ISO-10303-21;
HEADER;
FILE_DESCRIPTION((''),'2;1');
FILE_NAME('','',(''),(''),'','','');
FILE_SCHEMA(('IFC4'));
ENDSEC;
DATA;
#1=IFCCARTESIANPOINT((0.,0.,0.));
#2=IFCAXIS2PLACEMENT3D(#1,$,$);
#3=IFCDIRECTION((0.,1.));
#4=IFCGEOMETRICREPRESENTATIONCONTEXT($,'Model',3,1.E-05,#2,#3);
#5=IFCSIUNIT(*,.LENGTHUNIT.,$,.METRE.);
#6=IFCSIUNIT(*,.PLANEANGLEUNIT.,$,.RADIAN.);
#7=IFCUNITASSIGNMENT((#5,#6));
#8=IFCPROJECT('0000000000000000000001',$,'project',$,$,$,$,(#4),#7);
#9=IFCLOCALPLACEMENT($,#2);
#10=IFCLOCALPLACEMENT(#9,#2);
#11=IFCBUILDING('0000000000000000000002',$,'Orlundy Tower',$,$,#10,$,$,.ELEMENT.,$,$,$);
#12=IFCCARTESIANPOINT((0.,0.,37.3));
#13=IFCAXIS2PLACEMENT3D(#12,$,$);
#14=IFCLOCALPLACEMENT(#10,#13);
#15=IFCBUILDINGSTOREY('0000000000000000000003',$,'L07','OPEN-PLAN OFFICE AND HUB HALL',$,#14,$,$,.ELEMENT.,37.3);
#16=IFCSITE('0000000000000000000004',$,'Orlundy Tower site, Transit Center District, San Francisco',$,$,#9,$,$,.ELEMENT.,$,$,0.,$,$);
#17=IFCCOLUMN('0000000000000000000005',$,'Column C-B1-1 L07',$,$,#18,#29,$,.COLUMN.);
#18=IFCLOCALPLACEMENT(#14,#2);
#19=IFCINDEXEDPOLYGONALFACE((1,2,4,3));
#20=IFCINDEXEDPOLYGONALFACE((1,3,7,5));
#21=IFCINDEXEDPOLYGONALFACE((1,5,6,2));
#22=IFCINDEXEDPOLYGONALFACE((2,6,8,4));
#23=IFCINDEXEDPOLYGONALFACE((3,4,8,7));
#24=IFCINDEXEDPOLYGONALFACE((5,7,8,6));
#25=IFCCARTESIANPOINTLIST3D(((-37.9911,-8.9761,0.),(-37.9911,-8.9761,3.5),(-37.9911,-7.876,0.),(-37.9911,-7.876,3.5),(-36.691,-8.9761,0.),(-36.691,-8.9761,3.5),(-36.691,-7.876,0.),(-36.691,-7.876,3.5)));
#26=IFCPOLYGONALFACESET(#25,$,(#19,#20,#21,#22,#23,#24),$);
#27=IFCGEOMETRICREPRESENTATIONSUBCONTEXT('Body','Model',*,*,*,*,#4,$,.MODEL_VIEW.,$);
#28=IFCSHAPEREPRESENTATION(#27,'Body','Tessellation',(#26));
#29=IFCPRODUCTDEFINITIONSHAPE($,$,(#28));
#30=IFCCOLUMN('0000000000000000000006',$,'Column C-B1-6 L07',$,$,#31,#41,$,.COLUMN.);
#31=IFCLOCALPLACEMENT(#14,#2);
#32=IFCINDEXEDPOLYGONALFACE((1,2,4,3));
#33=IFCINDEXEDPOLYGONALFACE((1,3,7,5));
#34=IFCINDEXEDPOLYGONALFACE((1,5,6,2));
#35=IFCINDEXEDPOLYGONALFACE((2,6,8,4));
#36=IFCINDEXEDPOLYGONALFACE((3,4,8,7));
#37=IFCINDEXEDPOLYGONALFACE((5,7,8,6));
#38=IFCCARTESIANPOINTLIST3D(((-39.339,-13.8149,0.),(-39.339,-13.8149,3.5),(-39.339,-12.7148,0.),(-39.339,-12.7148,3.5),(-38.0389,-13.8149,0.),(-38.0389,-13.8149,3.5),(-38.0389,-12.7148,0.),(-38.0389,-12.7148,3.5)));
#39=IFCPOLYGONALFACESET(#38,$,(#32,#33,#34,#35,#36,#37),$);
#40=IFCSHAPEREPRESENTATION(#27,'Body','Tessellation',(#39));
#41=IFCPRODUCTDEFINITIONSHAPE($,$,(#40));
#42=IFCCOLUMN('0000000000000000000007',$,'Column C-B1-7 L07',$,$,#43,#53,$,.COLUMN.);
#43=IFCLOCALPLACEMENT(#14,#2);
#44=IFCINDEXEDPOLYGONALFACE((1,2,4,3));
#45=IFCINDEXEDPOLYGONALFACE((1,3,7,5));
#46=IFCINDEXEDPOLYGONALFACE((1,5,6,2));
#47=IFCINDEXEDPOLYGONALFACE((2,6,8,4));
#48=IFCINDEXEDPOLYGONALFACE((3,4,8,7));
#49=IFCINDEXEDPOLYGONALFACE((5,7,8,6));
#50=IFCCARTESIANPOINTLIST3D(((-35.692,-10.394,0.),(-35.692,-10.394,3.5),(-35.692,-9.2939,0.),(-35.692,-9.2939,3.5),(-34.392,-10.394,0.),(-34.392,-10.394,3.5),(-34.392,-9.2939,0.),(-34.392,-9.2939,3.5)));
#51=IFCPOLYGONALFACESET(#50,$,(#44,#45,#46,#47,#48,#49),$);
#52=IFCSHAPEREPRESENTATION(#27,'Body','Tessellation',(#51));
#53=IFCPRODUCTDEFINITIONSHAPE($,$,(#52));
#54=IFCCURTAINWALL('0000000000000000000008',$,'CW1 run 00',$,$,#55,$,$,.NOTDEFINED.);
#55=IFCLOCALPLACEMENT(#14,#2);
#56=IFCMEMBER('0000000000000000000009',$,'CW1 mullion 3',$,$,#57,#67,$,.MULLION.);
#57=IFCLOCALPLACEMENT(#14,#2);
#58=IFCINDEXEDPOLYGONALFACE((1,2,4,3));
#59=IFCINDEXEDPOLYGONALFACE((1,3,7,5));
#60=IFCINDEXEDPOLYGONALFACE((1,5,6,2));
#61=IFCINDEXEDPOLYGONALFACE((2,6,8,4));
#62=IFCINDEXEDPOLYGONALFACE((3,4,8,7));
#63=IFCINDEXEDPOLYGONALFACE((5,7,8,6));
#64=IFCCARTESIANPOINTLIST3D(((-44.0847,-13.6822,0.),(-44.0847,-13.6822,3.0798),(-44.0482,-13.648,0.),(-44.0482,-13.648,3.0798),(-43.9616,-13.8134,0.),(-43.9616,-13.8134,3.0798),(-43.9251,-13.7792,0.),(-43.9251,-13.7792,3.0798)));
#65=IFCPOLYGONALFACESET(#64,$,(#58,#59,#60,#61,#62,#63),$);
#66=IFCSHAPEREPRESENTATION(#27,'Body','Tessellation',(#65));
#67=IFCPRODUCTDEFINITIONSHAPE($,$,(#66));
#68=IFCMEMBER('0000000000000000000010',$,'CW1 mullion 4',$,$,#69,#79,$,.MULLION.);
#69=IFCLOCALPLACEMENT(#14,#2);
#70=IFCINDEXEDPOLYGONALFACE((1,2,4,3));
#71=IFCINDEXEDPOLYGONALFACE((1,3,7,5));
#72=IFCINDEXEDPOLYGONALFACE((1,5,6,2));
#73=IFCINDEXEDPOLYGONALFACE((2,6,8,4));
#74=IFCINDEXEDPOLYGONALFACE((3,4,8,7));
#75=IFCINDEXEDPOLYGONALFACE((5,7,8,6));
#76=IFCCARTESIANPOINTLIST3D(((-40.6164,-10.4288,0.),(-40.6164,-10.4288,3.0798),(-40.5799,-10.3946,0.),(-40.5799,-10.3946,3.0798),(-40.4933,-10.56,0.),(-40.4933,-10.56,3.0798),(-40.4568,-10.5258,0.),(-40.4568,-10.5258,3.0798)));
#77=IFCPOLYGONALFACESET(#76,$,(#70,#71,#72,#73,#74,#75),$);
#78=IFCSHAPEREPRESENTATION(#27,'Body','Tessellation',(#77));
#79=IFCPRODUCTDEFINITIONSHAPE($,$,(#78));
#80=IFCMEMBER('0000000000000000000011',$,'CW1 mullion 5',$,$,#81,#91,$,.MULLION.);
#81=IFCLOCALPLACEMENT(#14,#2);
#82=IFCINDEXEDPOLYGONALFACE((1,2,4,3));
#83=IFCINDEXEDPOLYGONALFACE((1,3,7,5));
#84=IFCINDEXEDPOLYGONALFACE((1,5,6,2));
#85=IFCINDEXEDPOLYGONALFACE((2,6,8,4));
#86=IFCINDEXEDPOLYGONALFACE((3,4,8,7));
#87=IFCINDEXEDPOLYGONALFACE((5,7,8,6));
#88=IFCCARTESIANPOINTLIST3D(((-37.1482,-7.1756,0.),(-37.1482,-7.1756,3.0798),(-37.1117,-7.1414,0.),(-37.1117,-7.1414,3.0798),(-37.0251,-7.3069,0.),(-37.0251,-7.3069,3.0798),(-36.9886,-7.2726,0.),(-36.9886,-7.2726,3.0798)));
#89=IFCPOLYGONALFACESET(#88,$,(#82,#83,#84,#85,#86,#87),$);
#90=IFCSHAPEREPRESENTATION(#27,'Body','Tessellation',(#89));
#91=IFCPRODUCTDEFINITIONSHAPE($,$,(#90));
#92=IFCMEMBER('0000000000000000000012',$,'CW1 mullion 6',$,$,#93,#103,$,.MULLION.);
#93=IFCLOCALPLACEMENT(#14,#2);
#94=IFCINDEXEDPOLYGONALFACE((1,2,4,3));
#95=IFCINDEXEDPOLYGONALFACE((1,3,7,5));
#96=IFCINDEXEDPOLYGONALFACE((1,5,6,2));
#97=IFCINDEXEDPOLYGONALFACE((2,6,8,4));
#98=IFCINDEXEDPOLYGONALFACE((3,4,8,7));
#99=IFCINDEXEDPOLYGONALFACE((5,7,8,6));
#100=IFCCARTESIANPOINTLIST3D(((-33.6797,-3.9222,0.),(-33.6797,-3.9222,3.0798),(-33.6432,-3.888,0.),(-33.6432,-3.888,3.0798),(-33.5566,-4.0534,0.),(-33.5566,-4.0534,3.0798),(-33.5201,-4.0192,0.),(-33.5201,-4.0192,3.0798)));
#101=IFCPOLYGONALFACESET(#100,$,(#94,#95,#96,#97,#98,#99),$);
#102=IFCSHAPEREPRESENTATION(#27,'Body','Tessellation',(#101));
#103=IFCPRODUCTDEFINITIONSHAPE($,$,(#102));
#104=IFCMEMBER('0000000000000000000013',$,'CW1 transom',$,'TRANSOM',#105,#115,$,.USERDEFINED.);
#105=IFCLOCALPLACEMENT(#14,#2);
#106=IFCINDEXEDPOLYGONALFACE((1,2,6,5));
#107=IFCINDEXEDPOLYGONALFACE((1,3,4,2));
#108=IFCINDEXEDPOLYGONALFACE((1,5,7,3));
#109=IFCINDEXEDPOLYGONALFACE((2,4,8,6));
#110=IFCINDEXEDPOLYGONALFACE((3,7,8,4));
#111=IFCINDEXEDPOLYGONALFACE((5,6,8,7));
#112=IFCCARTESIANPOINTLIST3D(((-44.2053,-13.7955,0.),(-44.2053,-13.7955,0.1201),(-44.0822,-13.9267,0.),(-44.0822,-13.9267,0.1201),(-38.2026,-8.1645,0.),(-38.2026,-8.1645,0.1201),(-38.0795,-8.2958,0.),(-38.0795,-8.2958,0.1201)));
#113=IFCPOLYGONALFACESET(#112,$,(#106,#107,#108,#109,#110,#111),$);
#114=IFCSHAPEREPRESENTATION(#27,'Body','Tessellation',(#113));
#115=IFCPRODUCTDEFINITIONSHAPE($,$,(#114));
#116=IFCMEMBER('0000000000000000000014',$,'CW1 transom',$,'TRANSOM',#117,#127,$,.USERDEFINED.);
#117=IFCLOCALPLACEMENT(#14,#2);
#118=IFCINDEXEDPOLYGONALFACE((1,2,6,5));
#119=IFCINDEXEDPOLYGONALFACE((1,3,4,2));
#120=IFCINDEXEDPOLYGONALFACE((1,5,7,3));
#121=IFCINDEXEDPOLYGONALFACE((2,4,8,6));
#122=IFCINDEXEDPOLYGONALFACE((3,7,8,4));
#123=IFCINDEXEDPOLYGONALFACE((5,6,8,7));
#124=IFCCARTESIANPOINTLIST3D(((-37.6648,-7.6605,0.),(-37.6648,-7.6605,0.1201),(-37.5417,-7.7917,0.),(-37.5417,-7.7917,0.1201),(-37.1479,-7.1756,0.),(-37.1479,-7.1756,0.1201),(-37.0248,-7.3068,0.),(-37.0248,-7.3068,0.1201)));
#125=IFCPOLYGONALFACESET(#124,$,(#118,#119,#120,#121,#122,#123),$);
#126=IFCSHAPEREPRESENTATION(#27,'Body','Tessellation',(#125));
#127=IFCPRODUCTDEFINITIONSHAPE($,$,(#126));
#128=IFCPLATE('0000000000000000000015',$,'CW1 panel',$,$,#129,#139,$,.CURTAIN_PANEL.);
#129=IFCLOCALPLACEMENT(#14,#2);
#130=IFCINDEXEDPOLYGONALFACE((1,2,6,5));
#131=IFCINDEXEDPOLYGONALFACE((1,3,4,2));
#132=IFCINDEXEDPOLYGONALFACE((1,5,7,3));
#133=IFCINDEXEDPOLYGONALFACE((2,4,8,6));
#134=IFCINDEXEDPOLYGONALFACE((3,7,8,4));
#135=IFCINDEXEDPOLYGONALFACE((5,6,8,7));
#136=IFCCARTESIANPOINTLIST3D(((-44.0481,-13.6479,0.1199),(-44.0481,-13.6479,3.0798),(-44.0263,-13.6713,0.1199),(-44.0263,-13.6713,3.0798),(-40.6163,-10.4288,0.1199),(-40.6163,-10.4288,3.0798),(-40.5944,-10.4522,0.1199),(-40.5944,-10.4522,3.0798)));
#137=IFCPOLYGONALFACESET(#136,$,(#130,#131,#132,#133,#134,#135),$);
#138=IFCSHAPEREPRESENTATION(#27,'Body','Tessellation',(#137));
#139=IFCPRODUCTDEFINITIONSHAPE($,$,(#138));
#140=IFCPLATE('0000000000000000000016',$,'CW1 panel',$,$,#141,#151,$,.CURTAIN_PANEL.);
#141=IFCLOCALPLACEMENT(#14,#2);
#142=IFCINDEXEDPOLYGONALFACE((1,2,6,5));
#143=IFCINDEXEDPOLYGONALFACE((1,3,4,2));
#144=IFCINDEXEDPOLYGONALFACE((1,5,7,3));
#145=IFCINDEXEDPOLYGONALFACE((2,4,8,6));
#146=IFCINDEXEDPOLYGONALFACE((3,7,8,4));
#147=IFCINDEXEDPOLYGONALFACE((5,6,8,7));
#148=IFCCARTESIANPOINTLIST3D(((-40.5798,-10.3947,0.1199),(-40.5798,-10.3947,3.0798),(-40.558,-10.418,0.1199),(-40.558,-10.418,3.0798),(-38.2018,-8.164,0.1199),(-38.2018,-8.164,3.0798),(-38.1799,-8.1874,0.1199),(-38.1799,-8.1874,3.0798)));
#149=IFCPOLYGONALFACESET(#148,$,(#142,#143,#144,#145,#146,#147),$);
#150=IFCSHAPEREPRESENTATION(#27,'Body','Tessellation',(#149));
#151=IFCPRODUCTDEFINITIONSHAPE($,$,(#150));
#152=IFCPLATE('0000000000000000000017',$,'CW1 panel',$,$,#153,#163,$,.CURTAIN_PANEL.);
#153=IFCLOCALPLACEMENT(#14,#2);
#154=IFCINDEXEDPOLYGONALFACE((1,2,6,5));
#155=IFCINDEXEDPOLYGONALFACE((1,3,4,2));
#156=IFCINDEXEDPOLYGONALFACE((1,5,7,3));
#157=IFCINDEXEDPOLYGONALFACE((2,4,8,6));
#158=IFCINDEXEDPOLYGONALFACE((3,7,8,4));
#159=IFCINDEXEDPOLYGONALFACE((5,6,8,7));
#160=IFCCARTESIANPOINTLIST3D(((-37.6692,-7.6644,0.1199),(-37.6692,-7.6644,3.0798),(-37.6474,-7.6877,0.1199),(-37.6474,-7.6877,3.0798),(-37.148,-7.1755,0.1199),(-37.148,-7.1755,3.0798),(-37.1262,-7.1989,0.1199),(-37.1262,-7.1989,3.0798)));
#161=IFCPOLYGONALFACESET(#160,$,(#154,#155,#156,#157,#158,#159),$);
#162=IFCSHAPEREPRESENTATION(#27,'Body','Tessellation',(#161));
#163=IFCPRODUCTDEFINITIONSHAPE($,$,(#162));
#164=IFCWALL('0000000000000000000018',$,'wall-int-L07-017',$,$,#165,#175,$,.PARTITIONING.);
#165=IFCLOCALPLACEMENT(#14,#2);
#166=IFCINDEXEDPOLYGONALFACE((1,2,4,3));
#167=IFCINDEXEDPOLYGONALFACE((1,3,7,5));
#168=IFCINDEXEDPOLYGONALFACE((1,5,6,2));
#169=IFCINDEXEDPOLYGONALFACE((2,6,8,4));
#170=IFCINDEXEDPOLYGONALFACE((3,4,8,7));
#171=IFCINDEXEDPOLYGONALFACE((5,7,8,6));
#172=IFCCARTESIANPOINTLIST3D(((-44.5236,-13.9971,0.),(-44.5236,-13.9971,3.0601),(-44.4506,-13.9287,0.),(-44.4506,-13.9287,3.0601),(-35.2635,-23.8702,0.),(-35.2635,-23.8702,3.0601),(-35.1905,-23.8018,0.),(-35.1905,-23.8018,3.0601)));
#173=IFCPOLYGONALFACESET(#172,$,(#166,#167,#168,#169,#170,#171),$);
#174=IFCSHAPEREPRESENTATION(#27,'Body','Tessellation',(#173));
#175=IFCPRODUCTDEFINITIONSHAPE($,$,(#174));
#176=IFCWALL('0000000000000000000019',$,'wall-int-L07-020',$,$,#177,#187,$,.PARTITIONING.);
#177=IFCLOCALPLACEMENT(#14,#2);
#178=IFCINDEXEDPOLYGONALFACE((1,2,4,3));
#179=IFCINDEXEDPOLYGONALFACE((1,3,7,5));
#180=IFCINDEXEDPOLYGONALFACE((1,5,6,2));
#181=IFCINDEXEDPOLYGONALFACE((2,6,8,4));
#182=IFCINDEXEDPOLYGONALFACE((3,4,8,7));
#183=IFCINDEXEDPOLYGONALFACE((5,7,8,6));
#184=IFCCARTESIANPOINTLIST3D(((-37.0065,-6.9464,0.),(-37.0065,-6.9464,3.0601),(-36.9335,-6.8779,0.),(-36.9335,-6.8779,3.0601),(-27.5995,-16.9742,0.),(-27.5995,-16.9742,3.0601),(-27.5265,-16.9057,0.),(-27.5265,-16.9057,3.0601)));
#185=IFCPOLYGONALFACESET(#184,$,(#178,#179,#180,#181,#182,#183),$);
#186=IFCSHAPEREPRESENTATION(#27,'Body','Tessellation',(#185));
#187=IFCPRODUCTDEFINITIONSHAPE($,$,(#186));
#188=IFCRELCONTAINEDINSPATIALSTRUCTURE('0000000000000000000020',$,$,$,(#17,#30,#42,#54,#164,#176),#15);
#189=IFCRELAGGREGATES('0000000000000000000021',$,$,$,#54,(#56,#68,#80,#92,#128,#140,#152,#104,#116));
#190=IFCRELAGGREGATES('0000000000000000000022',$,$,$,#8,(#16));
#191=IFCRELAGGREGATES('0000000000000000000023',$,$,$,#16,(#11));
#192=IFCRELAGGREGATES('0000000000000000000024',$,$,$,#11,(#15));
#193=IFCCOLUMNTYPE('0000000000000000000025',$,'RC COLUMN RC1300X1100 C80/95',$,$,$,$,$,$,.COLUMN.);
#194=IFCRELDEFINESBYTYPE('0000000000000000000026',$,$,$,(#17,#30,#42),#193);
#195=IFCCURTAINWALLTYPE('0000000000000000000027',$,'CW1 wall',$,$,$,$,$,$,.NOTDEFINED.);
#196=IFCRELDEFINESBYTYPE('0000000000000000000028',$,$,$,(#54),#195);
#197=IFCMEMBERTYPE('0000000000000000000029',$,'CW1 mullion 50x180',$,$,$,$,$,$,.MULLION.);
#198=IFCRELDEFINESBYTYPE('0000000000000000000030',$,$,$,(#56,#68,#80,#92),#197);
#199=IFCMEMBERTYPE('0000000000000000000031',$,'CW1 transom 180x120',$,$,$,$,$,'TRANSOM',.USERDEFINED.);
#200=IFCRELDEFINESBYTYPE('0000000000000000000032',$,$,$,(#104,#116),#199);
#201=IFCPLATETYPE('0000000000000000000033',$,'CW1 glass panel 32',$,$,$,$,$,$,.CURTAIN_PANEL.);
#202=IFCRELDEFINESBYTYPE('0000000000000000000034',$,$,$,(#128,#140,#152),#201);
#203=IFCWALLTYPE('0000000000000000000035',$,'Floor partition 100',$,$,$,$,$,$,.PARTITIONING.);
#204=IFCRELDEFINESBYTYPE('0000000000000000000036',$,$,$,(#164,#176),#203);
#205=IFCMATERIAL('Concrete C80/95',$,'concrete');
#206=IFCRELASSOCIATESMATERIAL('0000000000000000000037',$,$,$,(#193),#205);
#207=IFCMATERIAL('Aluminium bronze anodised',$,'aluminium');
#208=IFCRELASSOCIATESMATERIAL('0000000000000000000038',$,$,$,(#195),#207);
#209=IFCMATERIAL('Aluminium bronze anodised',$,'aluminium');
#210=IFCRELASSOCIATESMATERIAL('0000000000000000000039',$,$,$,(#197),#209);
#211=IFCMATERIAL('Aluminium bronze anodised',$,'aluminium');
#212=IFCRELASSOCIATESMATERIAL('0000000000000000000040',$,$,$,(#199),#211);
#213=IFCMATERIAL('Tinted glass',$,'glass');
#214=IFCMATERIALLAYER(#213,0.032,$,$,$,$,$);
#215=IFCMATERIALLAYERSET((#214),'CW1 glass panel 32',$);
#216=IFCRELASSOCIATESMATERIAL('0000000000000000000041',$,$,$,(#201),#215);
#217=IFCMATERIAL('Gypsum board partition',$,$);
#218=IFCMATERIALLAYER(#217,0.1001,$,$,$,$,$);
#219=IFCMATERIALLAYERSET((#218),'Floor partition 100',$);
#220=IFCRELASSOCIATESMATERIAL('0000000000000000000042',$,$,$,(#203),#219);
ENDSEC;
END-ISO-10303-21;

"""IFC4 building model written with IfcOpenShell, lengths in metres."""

from ifc_helpers import new_model, si_unit, direction, frame, frame_2d, origin, origin_2d, place, context, subcontext, project, spatial, rectangle, extrude, material, layer, layer_set, material_profile, profile_set, type_object, element, aggregate, save


model = new_model("IFC4")

# Units and contexts
model_context = context("Model", 3, precision=1e-05, world=origin(), true_north=direction((0.0, 1.0)))
body_context = subcontext(model_context, "Body", "Model", "MODEL_VIEW")
ifc_project = project(units=[si_unit("LENGTHUNIT", "METRE"), si_unit("PLANEANGLEUNIT", "RADIAN")], contexts=[model_context])

# Site, building, storey
site_placement = place(None, origin())
site = spatial("IfcSite", under=ifc_project, at=site_placement, Name="Orlundy Tower site, Transit Center District, San Francisco", CompositionType="ELEMENT", RefElevation=0.0)
building_placement = place(site_placement, origin())
building = spatial("IfcBuilding", under=site, at=building_placement, Name="Orlundy Tower", CompositionType="ELEMENT")
storey_placement = place(building_placement, frame((0.0, 0.0, 37.3)))
storey = spatial("IfcBuildingStorey", under=building, at=storey_placement, Name="L07", Description="OPEN-PLAN OFFICE AND HUB HALL", CompositionType="ELEMENT", Elevation=37.3)

# Columns
ifc_material_1 = material(Name="Concrete C80/95", Category="concrete")
ifc_material_profile_1 = material_profile(ifc_material_1, rectangle(XDim=1.3, YDim=1.1001, at=origin_2d()), Name="RC1300X1100")
ifc_profile_set_1 = profile_set([ifc_material_profile_1], Name="Concrete C80/95")
column_type = type_object("IfcColumnType", Name="RC COLUMN RC1300X1100 C80/95", PredefinedType="COLUMN", material=ifc_profile_set_1)
for number, where, z_axis, x_axis, name in (
    (1, (-37.3411, -8.426, 0.0), (0.0, 0.0, 1.0), (1.0, 0.0, 0.0), "Column C-B1-1 L07"),
    (2, (-38.689, -13.2649, 0.0), (0.0, 0.0, 1.0), (1.0, 0.0, 0.0), "Column C-B1-6 L07"),
    (3, (-35.042, -9.844, 0.0), (0.0, 0.0, 1.0), (1.0, 0.0, 0.0), "Column C-B1-7 L07"),
):
    element("IfcColumn", number, at=place(storey_placement, frame(where, z_axis=z_axis, x_axis=x_axis)), inside=storey, type_object=column_type, Name=name, PredefinedType="COLUMN", context=body_context, shape_type="SweptSolid", body=[
        extrude(rectangle(XDim=1.3, YDim=1.1001, at=origin_2d()), origin(), (0.0, 0.0, 1.0), 3.5),
    ])

# Curtain wall, members, plates
ifc_material_2 = material(Name="Aluminium bronze anodised", Category="aluminium")
curtain_wall_type = type_object("IfcCurtainWallType", Name="CW1 wall", PredefinedType="NOTDEFINED", material=ifc_material_2)
curtain_wall_placement = place(storey_placement, origin())
curtain_wall = element("IfcCurtainWall", 4, at=curtain_wall_placement, inside=storey, type_object=curtain_wall_type, Name="CW1 run 00", PredefinedType="NOTDEFINED")
ifc_material_3 = material(Name="Aluminium bronze anodised", Category="aluminium")
ifc_material_profile_2 = material_profile(ifc_material_3, rectangle(XDim=0.1799, YDim=0.05, at=origin_2d()), Name="CW1 mullion 50x180")
ifc_profile_set_2 = profile_set([ifc_material_profile_2], Name="Aluminium bronze anodised")
member_type_1 = type_object("IfcMemberType", Name="CW1 mullion 50x180", PredefinedType="MULLION", material=ifc_profile_set_2)
member_1_placement = place(storey_placement, frame((-44.0049, -13.7307, 0.0), z_axis=(0.0, 0.0, 1.0), x_axis=(-0.684139, 0.729351, 0.0)))
member_1 = element("IfcMember", 5, at=member_1_placement, type_object=member_type_1, Name="CW1 mullion 3", PredefinedType="MULLION", context=body_context, shape_type="SweptSolid", body=[
    extrude(rectangle(XDim=0.1799, YDim=0.05, at=origin_2d()), origin(), (0.0, 0.0, 1.0), 3.0798),
])
member_2_placement = place(storey_placement, frame((-40.5366, -10.4773, 0.0), z_axis=(0.0, 0.0, 1.0), x_axis=(-0.684139, 0.729351, 0.0)))
member_2 = element("IfcMember", 6, at=member_2_placement, type_object=member_type_1, Name="CW1 mullion 4", PredefinedType="MULLION", context=body_context, shape_type="SweptSolid", body=[
    extrude(rectangle(XDim=0.1799, YDim=0.05, at=origin_2d()), origin(), (0.0, 0.0, 1.0), 3.0798),
])
member_3_placement = place(storey_placement, frame((-37.0684, -7.2241, 0.0), z_axis=(0.0, 0.0, 1.0), x_axis=(-0.684139, 0.729351, 0.0)))
member_3 = element("IfcMember", 7, at=member_3_placement, type_object=member_type_1, Name="CW1 mullion 5", PredefinedType="MULLION", context=body_context, shape_type="SweptSolid", body=[
    extrude(rectangle(XDim=0.1799, YDim=0.05, at=origin_2d()), origin(), (0.0, 0.0, 1.0), 3.0798),
])
member_4_placement = place(storey_placement, frame((-33.5999, -3.9707, 0.0), z_axis=(0.0, 0.0, 1.0), x_axis=(-0.684139, 0.729351, 0.0)))
member_4 = element("IfcMember", 8, at=member_4_placement, type_object=member_type_1, Name="CW1 mullion 6", PredefinedType="MULLION", context=body_context, shape_type="SweptSolid", body=[
    extrude(rectangle(XDim=0.1799, YDim=0.05, at=origin_2d()), origin(), (0.0, 0.0, 1.0), 3.0798),
])
ifc_material_4 = material(Name="Aluminium bronze anodised", Category="aluminium")
ifc_material_profile_3 = material_profile(ifc_material_4, rectangle(XDim=0.1799, YDim=0.1201, at=origin_2d()), Name="CW1 transom 180x120")
ifc_profile_set_3 = profile_set([ifc_material_profile_3], Name="Aluminium bronze anodised")
member_type_2 = type_object("IfcMemberType", Name="CW1 transom 180x120", ElementType="TRANSOM", PredefinedType="USERDEFINED", material=ifc_profile_set_3)
member_5_placement = place(storey_placement, frame((-44.1438, -13.8611, 0.0601), z_axis=(0.729335, 0.684157, 0.0), x_axis=(-0.684157, 0.729335, 0.0)))
member_5 = element("IfcMember", 9, at=member_5_placement, type_object=member_type_2, Name="CW1 transom", ObjectType="TRANSOM", PredefinedType="USERDEFINED", context=body_context, shape_type="SweptSolid", body=[
    extrude(rectangle(XDim=0.1799, YDim=0.1201, at=origin_2d()), origin(), (0.0, 0.0, 1.0), 8.2305),
])
member_6_placement = place(storey_placement, frame((-37.6033, -7.7261, 0.0601), z_axis=(0.729312, 0.684182, 0.0), x_axis=(-0.684182, 0.729312, 0.0)))
member_6 = element("IfcMember", 10, at=member_6_placement, type_object=member_type_2, Name="CW1 transom", ObjectType="TRANSOM", PredefinedType="USERDEFINED", context=body_context, shape_type="SweptSolid", body=[
    extrude(rectangle(XDim=0.1799, YDim=0.1201, at=origin_2d()), origin(), (0.0, 0.0, 1.0), 0.7087),
])
ifc_material_5 = material(Name="Tinted glass", Category="glass")
ifc_layer_1 = layer(ifc_material_5, 0.032)
ifc_layer_set_1 = layer_set([ifc_layer_1], Name="CW1 glass panel 32")
plate_type = type_object("IfcPlateType", Name="CW1 glass panel 32", PredefinedType="CURTAIN_PANEL", material=ifc_layer_set_1)
plate_1_placement = place(storey_placement, frame((-42.3213, -12.05, 0.1199), z_axis=(0.0, 0.0, 1.0), x_axis=(0.729351, 0.684139, 0.0)))
plate_1 = element("IfcPlate", 11, at=plate_1_placement, type_object=plate_type, Name="CW1 panel", PredefinedType="CURTAIN_PANEL", context=body_context, shape_type="SweptSolid", body=[
    extrude(rectangle(XDim=4.7053, YDim=0.032, at=origin_2d()), origin(), (0.0, 0.0, 1.0), 2.96),
])
plate_2_placement = place(storey_placement, frame((-39.3799, -9.291, 0.1199), z_axis=(0.0, 0.0, 1.0), x_axis=(0.729351, 0.684139, 0.0)))
plate_2 = element("IfcPlate", 12, at=plate_2_placement, type_object=plate_type, Name="CW1 panel", PredefinedType="CURTAIN_PANEL", context=body_context, shape_type="SweptSolid", body=[
    extrude(rectangle(XDim=3.2605, YDim=0.032, at=origin_2d()), origin(), (0.0, 0.0, 1.0), 2.96),
])
plate_3_placement = place(storey_placement, frame((-37.3977, -7.4316, 0.1199), z_axis=(0.0, 0.0, 1.0), x_axis=(0.729351, 0.684139, 0.0)))
plate_3 = element("IfcPlate", 13, at=plate_3_placement, type_object=plate_type, Name="CW1 panel", PredefinedType="CURTAIN_PANEL", context=body_context, shape_type="SweptSolid", body=[
    extrude(rectangle(XDim=0.7146, YDim=0.032, at=origin_2d()), origin(), (0.0, 0.0, 1.0), 2.96),
])
aggregate(curtain_wall, [member_1, member_2, member_3, member_4, plate_1, plate_2, plate_3, member_5, member_6])

# Walls
ifc_material_6 = material(Name="Gypsum board partition")
ifc_layer_2 = layer(ifc_material_6, 0.1001)
ifc_layer_set_2 = layer_set([ifc_layer_2], Name="Floor partition 100")
wall_type_1 = type_object("IfcWallType", Name="Floor partition 100", PredefinedType="PARTITIONING", material=ifc_layer_set_2)
wall_1_placement = place(storey_placement, frame((-44.4871, -13.9629, 0.0), z_axis=(0.0, 0.0, 1.0), x_axis=(0.6841, -0.729389, 0.0)))
element("IfcWall", 14, at=wall_1_placement, inside=storey, type_object=wall_type_1, Name="wall-int-L07-017", PredefinedType="PARTITIONING", context=body_context, shape_type="SweptSolid", body=[
    extrude(rectangle(XDim=13.5361, YDim=0.1001, at=frame_2d((6.7681, 0.0))), origin(), (0.0, 0.0, 1.0), 3.0601),
])
wall_2_placement = place(storey_placement, frame((-36.97, -6.9121, 0.0), z_axis=(0.0, 0.0, 1.0), x_axis=(0.684169, -0.729323, 0.0)))
element("IfcWall", 15, at=wall_2_placement, inside=storey, type_object=wall_type_1, Name="wall-int-L07-020", PredefinedType="PARTITIONING", context=body_context, shape_type="SweptSolid", body=[
    extrude(rectangle(XDim=13.7495, YDim=0.1001, at=frame_2d((6.8748, 0.0))), origin(), (0.0, 0.0, 1.0), 3.0601),
])

save(model, "model.ifc")
